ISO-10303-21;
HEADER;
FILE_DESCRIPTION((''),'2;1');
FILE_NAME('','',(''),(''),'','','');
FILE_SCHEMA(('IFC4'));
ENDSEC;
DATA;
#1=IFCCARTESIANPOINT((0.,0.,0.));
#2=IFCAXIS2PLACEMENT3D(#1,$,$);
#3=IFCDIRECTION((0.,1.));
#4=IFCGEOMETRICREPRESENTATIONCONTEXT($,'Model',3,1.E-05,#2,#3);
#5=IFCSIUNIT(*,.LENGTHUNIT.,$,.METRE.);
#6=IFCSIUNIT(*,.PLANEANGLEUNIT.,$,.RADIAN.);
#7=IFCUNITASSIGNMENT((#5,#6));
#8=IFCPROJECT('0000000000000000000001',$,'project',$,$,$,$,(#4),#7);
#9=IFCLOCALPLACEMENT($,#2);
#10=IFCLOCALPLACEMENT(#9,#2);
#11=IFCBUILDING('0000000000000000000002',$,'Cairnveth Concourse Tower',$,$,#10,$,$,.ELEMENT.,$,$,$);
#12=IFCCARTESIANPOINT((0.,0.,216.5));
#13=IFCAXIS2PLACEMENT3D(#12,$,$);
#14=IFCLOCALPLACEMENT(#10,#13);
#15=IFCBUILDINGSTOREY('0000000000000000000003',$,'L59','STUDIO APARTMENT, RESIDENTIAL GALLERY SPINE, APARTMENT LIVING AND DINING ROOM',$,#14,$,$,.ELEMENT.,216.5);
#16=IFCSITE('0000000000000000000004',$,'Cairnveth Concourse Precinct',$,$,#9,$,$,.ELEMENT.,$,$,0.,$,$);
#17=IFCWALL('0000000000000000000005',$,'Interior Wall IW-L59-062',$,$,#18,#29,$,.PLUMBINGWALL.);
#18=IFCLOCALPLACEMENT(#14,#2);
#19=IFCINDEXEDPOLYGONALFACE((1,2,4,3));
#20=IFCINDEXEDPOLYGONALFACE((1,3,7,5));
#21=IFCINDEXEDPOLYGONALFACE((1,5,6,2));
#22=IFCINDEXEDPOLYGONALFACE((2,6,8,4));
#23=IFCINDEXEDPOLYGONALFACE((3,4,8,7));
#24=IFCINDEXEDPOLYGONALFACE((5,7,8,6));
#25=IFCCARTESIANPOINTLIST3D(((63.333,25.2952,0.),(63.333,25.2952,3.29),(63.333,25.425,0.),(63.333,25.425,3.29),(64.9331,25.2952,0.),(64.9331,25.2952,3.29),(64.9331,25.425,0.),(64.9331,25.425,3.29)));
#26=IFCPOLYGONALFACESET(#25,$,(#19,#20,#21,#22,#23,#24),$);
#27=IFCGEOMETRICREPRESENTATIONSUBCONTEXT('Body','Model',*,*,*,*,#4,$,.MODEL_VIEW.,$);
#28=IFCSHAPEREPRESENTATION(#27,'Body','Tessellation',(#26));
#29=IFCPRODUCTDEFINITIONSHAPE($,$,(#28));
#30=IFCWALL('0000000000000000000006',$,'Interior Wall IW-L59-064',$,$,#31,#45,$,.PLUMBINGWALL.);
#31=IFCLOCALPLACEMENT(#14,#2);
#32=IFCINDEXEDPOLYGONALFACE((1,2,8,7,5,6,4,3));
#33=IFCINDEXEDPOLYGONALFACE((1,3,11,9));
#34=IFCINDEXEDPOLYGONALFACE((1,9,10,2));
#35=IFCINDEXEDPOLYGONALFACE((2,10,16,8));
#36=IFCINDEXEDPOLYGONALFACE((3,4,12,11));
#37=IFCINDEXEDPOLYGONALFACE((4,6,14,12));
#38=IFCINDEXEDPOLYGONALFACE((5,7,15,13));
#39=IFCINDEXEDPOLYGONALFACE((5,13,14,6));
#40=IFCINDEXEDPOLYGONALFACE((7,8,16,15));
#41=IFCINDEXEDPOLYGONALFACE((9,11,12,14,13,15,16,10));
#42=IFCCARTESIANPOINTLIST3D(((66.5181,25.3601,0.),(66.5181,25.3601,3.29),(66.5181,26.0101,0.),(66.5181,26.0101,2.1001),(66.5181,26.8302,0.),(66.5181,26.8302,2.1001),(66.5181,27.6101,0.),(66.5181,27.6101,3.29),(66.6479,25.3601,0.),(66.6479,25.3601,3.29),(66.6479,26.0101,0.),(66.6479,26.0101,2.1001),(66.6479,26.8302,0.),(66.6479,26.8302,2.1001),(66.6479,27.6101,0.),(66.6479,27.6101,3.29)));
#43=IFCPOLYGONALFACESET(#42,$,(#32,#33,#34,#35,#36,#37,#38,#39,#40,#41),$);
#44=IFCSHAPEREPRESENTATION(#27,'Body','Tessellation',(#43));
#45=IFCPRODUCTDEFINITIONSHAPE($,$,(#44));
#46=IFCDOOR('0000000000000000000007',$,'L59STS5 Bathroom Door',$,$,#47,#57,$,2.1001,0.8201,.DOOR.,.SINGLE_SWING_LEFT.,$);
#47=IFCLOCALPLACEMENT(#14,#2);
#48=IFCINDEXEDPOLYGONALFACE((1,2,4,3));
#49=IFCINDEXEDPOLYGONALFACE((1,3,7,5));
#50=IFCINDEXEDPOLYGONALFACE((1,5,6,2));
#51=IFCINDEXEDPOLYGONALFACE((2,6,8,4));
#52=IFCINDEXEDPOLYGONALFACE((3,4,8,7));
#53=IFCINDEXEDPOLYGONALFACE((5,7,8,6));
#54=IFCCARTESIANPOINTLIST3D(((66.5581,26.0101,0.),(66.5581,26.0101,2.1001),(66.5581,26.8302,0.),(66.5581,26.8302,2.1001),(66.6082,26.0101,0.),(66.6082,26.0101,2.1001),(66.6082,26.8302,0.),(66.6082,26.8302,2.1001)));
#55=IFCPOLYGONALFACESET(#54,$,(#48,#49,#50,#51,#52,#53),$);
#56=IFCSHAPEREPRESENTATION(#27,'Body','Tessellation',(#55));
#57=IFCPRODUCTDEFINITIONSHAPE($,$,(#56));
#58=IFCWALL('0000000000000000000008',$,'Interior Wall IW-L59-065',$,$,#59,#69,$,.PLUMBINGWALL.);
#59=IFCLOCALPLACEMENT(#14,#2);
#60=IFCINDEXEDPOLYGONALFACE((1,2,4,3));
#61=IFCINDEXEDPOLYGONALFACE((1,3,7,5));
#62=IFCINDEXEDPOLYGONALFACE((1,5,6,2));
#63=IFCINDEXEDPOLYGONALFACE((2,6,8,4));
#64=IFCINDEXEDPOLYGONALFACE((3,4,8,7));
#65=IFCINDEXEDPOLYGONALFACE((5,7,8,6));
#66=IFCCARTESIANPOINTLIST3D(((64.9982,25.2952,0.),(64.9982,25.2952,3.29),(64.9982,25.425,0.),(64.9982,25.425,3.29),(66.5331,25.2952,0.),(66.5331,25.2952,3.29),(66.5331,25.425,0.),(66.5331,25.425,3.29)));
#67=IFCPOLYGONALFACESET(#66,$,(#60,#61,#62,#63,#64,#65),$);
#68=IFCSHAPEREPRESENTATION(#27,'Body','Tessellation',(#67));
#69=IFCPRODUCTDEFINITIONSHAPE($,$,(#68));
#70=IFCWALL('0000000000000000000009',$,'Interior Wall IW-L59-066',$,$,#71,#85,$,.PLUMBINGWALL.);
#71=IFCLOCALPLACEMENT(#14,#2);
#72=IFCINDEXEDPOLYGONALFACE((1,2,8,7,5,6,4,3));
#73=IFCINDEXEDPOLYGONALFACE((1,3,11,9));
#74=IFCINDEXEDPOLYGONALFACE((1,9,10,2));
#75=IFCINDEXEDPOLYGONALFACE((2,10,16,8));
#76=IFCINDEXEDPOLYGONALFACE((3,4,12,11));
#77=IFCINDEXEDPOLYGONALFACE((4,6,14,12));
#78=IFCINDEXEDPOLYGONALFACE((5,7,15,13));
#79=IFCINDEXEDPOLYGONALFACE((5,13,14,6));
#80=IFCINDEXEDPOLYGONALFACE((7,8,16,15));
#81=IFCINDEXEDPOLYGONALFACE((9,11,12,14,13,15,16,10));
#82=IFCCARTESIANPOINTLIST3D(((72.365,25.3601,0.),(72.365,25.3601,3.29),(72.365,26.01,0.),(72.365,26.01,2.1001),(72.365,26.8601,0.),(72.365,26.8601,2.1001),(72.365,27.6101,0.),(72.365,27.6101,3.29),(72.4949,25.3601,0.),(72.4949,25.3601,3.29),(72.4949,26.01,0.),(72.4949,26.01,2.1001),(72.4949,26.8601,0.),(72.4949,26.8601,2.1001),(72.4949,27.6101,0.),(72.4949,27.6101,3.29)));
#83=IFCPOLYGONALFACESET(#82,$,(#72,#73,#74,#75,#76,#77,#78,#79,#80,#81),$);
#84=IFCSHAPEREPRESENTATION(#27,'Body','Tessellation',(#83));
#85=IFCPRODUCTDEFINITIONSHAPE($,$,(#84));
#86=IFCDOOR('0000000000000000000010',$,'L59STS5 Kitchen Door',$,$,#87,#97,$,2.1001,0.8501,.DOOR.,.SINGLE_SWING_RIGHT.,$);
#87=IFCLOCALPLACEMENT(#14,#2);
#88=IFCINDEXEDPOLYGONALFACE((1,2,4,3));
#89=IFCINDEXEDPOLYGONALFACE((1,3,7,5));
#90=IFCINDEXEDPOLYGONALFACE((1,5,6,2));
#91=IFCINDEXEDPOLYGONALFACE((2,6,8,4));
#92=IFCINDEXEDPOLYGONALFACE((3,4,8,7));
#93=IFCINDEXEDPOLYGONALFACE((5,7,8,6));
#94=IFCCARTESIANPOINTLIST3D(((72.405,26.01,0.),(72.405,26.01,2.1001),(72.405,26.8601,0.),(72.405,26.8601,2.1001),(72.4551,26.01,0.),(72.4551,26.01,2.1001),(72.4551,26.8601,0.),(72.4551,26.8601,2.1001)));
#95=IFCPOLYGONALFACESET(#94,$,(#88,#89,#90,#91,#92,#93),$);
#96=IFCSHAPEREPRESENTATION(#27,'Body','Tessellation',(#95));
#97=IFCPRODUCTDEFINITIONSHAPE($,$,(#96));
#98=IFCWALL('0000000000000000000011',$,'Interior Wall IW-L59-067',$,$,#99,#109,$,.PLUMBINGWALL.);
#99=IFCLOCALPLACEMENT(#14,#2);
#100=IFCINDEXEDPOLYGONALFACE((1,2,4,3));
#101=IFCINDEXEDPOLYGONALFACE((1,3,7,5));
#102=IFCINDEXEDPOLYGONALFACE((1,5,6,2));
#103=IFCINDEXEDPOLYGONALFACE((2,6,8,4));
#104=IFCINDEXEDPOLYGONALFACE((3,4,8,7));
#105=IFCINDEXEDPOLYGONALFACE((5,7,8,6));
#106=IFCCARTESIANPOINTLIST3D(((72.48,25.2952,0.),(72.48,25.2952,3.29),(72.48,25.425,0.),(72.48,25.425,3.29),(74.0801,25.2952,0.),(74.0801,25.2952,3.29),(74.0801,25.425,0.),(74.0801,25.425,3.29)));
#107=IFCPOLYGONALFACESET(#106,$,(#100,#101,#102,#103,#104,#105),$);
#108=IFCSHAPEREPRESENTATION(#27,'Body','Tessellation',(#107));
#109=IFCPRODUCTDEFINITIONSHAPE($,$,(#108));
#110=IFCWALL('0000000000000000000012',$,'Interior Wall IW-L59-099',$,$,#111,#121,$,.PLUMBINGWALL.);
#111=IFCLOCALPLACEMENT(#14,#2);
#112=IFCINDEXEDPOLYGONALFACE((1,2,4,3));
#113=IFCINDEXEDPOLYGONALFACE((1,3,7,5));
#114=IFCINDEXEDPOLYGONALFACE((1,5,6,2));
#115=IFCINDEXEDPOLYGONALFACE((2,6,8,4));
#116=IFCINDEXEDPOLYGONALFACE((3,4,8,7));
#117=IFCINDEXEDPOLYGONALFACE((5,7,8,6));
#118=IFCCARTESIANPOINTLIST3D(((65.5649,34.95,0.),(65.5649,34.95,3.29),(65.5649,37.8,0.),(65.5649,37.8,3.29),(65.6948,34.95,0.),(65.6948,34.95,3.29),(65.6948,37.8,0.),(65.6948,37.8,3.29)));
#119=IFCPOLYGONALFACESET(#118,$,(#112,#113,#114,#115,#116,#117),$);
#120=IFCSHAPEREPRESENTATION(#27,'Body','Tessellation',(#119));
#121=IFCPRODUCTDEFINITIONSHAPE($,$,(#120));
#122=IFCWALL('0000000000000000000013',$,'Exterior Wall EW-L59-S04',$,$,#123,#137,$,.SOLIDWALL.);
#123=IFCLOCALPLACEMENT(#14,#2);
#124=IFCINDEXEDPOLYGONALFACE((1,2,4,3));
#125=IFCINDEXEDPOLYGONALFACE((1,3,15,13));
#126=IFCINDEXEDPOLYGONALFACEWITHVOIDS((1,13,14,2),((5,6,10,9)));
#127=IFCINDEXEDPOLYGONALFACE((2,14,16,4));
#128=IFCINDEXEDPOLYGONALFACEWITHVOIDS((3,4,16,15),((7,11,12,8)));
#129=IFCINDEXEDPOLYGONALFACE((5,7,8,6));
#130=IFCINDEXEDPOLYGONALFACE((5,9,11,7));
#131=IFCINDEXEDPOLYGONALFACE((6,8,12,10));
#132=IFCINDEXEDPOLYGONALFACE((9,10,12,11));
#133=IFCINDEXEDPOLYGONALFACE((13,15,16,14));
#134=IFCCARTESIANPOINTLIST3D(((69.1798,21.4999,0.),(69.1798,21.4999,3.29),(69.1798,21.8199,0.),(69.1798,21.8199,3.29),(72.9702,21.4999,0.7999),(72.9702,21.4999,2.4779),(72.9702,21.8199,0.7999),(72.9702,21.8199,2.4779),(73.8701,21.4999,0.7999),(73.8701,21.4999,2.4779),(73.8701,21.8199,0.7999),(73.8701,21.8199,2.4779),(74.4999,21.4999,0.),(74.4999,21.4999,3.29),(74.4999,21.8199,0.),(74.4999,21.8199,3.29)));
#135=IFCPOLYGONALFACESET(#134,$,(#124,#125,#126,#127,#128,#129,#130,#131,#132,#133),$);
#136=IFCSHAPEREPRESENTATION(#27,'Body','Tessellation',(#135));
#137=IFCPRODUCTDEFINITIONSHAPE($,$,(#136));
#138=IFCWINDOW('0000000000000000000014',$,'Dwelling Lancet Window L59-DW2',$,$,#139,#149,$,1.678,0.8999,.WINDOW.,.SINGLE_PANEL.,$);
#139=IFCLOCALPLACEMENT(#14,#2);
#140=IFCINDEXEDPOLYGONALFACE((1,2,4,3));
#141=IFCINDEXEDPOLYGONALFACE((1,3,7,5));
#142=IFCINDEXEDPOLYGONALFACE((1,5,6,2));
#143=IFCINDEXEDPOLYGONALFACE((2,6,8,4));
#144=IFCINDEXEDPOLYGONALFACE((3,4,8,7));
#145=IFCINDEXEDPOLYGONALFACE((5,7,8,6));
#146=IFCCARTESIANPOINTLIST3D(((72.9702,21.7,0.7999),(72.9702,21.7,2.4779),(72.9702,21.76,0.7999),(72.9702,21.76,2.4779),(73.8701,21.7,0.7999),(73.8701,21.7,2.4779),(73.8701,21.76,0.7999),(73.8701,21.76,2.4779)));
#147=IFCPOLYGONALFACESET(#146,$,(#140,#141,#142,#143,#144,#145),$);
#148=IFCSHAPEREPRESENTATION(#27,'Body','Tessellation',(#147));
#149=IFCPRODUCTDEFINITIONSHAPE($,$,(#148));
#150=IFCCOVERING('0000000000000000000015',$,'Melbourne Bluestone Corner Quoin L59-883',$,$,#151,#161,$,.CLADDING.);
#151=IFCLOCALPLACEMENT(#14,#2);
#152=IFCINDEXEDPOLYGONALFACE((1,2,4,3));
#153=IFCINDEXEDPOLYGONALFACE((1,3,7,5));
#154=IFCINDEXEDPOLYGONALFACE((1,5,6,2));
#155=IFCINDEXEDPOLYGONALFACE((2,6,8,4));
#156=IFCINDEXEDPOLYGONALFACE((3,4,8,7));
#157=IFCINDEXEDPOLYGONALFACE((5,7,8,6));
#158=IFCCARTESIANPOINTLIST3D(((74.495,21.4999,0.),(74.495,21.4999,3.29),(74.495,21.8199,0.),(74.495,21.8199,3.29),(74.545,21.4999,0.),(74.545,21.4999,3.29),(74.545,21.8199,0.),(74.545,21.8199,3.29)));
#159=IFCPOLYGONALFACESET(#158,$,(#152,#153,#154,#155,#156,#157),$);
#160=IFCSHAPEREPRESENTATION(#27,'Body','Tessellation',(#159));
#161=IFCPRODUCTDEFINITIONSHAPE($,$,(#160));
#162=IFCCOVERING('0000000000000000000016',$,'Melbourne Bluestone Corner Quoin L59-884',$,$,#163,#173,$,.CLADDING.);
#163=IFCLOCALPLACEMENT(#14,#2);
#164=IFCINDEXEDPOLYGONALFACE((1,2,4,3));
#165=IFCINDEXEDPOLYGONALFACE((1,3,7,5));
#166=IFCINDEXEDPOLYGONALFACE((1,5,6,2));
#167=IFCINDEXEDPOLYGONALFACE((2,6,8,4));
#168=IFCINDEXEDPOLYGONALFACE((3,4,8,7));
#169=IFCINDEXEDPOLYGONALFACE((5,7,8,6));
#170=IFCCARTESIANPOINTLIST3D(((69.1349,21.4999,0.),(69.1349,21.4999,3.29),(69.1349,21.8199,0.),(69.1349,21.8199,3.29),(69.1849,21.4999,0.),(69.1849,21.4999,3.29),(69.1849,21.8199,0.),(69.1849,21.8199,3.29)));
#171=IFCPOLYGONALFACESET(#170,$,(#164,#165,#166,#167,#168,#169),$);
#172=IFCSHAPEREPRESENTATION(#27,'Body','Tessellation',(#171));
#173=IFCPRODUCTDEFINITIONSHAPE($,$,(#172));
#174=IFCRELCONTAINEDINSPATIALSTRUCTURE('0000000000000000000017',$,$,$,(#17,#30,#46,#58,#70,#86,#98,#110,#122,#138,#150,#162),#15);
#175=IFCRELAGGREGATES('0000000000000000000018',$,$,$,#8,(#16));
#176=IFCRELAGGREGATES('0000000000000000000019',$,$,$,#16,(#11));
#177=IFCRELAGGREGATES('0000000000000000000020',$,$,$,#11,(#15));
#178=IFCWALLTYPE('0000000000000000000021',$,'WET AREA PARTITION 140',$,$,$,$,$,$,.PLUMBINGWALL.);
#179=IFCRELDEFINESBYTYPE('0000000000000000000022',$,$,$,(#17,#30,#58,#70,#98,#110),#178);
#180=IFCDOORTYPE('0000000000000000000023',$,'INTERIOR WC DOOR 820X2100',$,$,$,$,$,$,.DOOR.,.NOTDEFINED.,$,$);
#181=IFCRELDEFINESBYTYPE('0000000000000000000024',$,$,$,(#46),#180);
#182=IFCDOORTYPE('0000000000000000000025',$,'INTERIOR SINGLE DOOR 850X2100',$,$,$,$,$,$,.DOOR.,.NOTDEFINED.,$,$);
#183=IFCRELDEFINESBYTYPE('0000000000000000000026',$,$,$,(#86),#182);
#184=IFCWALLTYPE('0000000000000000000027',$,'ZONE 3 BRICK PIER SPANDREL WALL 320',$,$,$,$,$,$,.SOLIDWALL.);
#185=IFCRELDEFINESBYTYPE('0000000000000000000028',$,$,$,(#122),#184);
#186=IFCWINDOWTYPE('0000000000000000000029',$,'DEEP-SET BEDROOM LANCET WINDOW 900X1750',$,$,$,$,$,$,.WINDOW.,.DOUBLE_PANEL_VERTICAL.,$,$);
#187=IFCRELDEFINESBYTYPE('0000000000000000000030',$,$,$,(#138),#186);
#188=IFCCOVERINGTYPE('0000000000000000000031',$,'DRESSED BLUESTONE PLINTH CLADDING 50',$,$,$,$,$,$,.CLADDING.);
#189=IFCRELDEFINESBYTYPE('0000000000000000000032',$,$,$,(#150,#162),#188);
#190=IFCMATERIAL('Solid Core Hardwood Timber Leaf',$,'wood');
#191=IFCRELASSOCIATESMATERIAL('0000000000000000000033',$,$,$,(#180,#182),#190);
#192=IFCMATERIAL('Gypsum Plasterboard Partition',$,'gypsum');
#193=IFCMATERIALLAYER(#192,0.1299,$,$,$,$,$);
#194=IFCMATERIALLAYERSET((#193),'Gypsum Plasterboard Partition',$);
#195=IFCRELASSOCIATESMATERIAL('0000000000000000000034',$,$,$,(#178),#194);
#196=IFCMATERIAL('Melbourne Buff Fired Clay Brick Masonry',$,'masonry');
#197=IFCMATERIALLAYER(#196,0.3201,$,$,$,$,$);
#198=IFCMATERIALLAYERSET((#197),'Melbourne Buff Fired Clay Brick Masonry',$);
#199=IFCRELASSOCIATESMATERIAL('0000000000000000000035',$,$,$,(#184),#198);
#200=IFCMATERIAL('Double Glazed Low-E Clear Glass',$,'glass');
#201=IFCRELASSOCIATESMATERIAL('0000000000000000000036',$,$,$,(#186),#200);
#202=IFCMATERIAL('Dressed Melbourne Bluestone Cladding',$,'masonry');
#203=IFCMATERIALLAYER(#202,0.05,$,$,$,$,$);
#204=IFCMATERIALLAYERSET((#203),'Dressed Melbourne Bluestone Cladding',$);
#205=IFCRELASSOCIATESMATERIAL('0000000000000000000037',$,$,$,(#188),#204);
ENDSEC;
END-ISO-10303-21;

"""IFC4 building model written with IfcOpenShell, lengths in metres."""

from ifc_helpers import new_model, si_unit, direction, frame, frame_2d, origin, place, context, subcontext, project, spatial, rectangle, extrude, material, layer, layer_set, type_object, element, fill, save


model = new_model("IFC4")

# Units and contexts
model_context = context("Model", 3, precision=1e-05, world=origin(), true_north=direction((0.0, 1.0)))
body_context = subcontext(model_context, "Body", "Model", "MODEL_VIEW")
ifc_project = project(units=[si_unit("LENGTHUNIT", "METRE"), si_unit("PLANEANGLEUNIT", "RADIAN")], contexts=[model_context])

# Site, building, storey
site_placement = place(None, origin())
site = spatial("IfcSite", under=ifc_project, at=site_placement, Name="Cairnveth Concourse Precinct", CompositionType="ELEMENT", RefElevation=0.0)
building_placement = place(site_placement, origin())
building = spatial("IfcBuilding", under=site, at=building_placement, Name="Cairnveth Concourse Tower", CompositionType="ELEMENT")
storey_placement = place(building_placement, frame((0.0, 0.0, 216.5)))
storey = spatial("IfcBuildingStorey", under=building, at=storey_placement, Name="L59", Description="STUDIO APARTMENT, RESIDENTIAL GALLERY SPINE, APARTMENT LIVING AND DINING ROOM", CompositionType="ELEMENT", Elevation=216.5)

# Shared definitions
ifc_material_1 = material(Name="Gypsum Plasterboard Partition", Category="gypsum")
ifc_material_2 = material(Name="Solid Core Hardwood Timber Leaf", Category="wood")
door_type_1 = type_object("IfcDoorType", Name="INTERIOR WC DOOR 820X2100", OperationType="NOTDEFINED", PredefinedType="DOOR", material=ifc_material_2)
ifc_layer_1 = layer(ifc_material_1, 0.1299)
ifc_layer_set_1 = layer_set([ifc_layer_1], Name="Gypsum Plasterboard Partition")
wall_type_1 = type_object("IfcWallType", Name="WET AREA PARTITION 140", PredefinedType="PLUMBINGWALL", material=ifc_layer_set_1)
door_type_2 = type_object("IfcDoorType", Name="INTERIOR SINGLE DOOR 850X2100", OperationType="NOTDEFINED", PredefinedType="DOOR", material=ifc_material_2)

# Wall
wall_1_placement = place(storey_placement, frame((63.333, 25.3601, 0.0), z_axis=(0.0, 0.0, 1.0), x_axis=(1.0, 0.0, 0.0)))
element("IfcWall", 1, at=wall_1_placement, inside=storey, type_object=wall_type_1, Name="Interior Wall IW-L59-062", PredefinedType="PLUMBINGWALL", context=body_context, shape_type="SweptSolid", body=[
    extrude(rectangle(XDim=1.6001, YDim=0.1299, at=frame_2d((0.8, 0.0))), origin(), (0.0, 0.0, 1.0), 3.29),
])

# Wall, opening, door
wall_2_placement = place(storey_placement, frame((66.583, 25.3601, 0.0), z_axis=(0.0, 0.0, 1.0), x_axis=(0.0, 1.0, 0.0)))
wall_2 = element("IfcWall", 2, at=wall_2_placement, inside=storey, type_object=wall_type_1, Name="Interior Wall IW-L59-064", PredefinedType="PLUMBINGWALL", context=body_context, shape_type="SweptSolid", body=[
    extrude(rectangle(XDim=2.25, YDim=0.1299, at=frame_2d((1.125, 0.0))), origin(), (0.0, 0.0, 1.0), 3.29),
])
opening_1_placement = place(wall_2_placement, frame((0.6499, 0.0, 0.0)))
opening_1 = element("IfcOpeningElement", 3, at=opening_1_placement, cuts=wall_2, PredefinedType="OPENING", context=body_context, shape_type="SweptSolid", body=[
    extrude(rectangle(XDim=0.8201, YDim=2.1001, at=frame_2d((0.4102, 1.05))), frame((0.0, 0.075, 0.0), z_axis=(0.0, -1.0, 0.0), x_axis=(1.0, 0.0, 0.0)), (0.0, 0.0, 1.0), 0.1499),
])
door_1_placement = place(opening_1_placement, origin())
door_1 = element("IfcDoor", 4, at=door_1_placement, inside=storey, type_object=door_type_1, Name="L59STS5 Bathroom Door", OperationType="SINGLE_SWING_LEFT", OverallHeight=2.1001, OverallWidth=0.8201, PredefinedType="DOOR", context=body_context, shape_type="SweptSolid", body=[
    extrude(rectangle(XDim=0.8201, YDim=2.1001, at=frame_2d((0.4102, 1.05))), frame((0.0, 0.0249, 0.0), z_axis=(0.0, -1.0, 0.0), x_axis=(1.0, 0.0, 0.0)), (0.0, 0.0, 1.0), 0.05),
])
fill(opening_1, door_1)

# Wall
wall_3_placement = place(storey_placement, frame((64.998, 25.3601, 0.0), z_axis=(0.0, 0.0, 1.0), x_axis=(1.0, 0.0, 0.0)))
element("IfcWall", 5, at=wall_3_placement, inside=storey, type_object=wall_type_1, Name="Interior Wall IW-L59-065", PredefinedType="PLUMBINGWALL", context=body_context, shape_type="SweptSolid", body=[
    extrude(rectangle(XDim=1.5349, YDim=0.1299, at=frame_2d((0.7676, 0.0))), origin(), (0.0, 0.0, 1.0), 3.29),
])

# Wall, opening, door
wall_4_placement = place(storey_placement, frame((72.4299, 25.3601, 0.0), z_axis=(0.0, 0.0, 1.0), x_axis=(0.0, 1.0, 0.0)))
wall_4 = element("IfcWall", 6, at=wall_4_placement, inside=storey, type_object=wall_type_1, Name="Interior Wall IW-L59-066", PredefinedType="PLUMBINGWALL", context=body_context, shape_type="SweptSolid", body=[
    extrude(rectangle(XDim=2.25, YDim=0.1299, at=frame_2d((1.125, 0.0))), origin(), (0.0, 0.0, 1.0), 3.29),
])
opening_2_placement = place(wall_4_placement, frame((0.6499, 0.0, 0.0)))
opening_2 = element("IfcOpeningElement", 7, at=opening_2_placement, cuts=wall_4, PredefinedType="OPENING", context=body_context, shape_type="SweptSolid", body=[
    extrude(rectangle(XDim=0.8501, YDim=2.1001, at=frame_2d((0.425, 1.05))), frame((0.0, 0.075, 0.0), z_axis=(0.0, -1.0, 0.0), x_axis=(1.0, 0.0, 0.0)), (0.0, 0.0, 1.0), 0.1499),
])
door_2_placement = place(opening_2_placement, origin())
door_2 = element("IfcDoor", 8, at=door_2_placement, inside=storey, type_object=door_type_2, Name="L59STS5 Kitchen Door", OperationType="SINGLE_SWING_RIGHT", OverallHeight=2.1001, OverallWidth=0.8501, PredefinedType="DOOR", context=body_context, shape_type="SweptSolid", body=[
    extrude(rectangle(XDim=0.8501, YDim=2.1001, at=frame_2d((0.425, 1.05))), frame((0.0, 0.0249, 0.0), z_axis=(0.0, -1.0, 0.0), x_axis=(1.0, 0.0, 0.0)), (0.0, 0.0, 1.0), 0.05),
])
fill(opening_2, door_2)

# Walls
wall_5_placement = place(storey_placement, frame((72.48, 25.3601, 0.0), z_axis=(0.0, 0.0, 1.0), x_axis=(1.0, 0.0, 0.0)))
element("IfcWall", 9, at=wall_5_placement, inside=storey, type_object=wall_type_1, Name="Interior Wall IW-L59-067", PredefinedType="PLUMBINGWALL", context=body_context, shape_type="SweptSolid", body=[
    extrude(rectangle(XDim=1.6001, YDim=0.1299, at=frame_2d((0.8, 0.0))), origin(), (0.0, 0.0, 1.0), 3.29),
])
wall_6_placement = place(storey_placement, frame((65.6299, 34.95, 0.0), z_axis=(0.0, 0.0, 1.0), x_axis=(0.0, 1.0, 0.0)))
element("IfcWall", 10, at=wall_6_placement, inside=storey, type_object=wall_type_1, Name="Interior Wall IW-L59-099", PredefinedType="PLUMBINGWALL", context=body_context, shape_type="SweptSolid", body=[
    extrude(rectangle(XDim=2.8501, YDim=0.1299, at=frame_2d((1.425, 0.0))), origin(), (0.0, 0.0, 1.0), 3.29),
])

# Wall, opening, window
ifc_material_3 = material(Name="Melbourne Buff Fired Clay Brick Masonry", Category="masonry")
ifc_layer_2 = layer(ifc_material_3, 0.3201)
ifc_layer_set_2 = layer_set([ifc_layer_2], Name="Melbourne Buff Fired Clay Brick Masonry")
wall_type_2 = type_object("IfcWallType", Name="ZONE 3 BRICK PIER SPANDREL WALL 320", PredefinedType="SOLIDWALL", material=ifc_layer_set_2)
wall_7_placement = place(storey_placement, frame((74.5, 21.6599, 0.0), z_axis=(0.0, 0.0, 1.0), x_axis=(-1.0, 0.0, 0.0)))
wall_7 = element("IfcWall", 11, at=wall_7_placement, inside=storey, type_object=wall_type_2, Name="Exterior Wall EW-L59-S04", PredefinedType="SOLIDWALL", context=body_context, shape_type="SweptSolid", body=[
    extrude(rectangle(XDim=5.3201, YDim=0.3201, at=frame_2d((2.6602, 0.0))), origin(), (0.0, 0.0, 1.0), 3.29),
])
opening_3_placement = place(wall_7_placement, frame((0.6299, 0.0, 0.8)))
opening_3 = element("IfcOpeningElement", 12, at=opening_3_placement, cuts=wall_7, PredefinedType="OPENING", context=body_context, shape_type="SweptSolid", body=[
    extrude(rectangle(XDim=0.8999, YDim=1.678, at=frame_2d((0.45, 0.8389))), frame((0.0, 0.1699, 0.0), z_axis=(0.0, -1.0, 0.0), x_axis=(1.0, 0.0, 0.0)), (0.0, 0.0, 1.0), 0.3401),
])
ifc_material_4 = material(Name="Double Glazed Low-E Clear Glass", Category="glass")
window_type = type_object("IfcWindowType", Name="DEEP-SET BEDROOM LANCET WINDOW 900X1750", PartitioningType="DOUBLE_PANEL_VERTICAL", PredefinedType="WINDOW", material=ifc_material_4)
window_placement = place(opening_3_placement, origin())
window = element("IfcWindow", 13, at=window_placement, inside=storey, type_object=window_type, Name="Dwelling Lancet Window L59-DW2", OverallHeight=1.678, OverallWidth=0.8999, PartitioningType="SINGLE_PANEL", PredefinedType="WINDOW", context=body_context, shape_type="SweptSolid", body=[
    extrude(rectangle(XDim=0.8999, YDim=1.678, at=frame_2d((0.45, 0.8389))), frame((0.0, -0.04, 0.0), z_axis=(0.0, -1.0, 0.0), x_axis=(1.0, 0.0, 0.0)), (0.0, 0.0, 1.0), 0.0601),
])
fill(opening_3, window)

# Coverings
ifc_material_5 = material(Name="Dressed Melbourne Bluestone Cladding", Category="masonry")
ifc_layer_3 = layer(ifc_material_5, 0.05)
ifc_layer_set_3 = layer_set([ifc_layer_3], Name="Dressed Melbourne Bluestone Cladding")
covering_type = type_object("IfcCoveringType", Name="DRESSED BLUESTONE PLINTH CLADDING 50", PredefinedType="CLADDING", material=ifc_layer_set_3)
for number, where, z_axis, x_axis, name in (
    (14, (74.52, 21.8201, 0.0), (0.0, 0.0, 1.0), (0.0, -1.0, 0.0), "Melbourne Bluestone Corner Quoin L59-883"),
    (15, (69.1599, 21.8201, 0.0), (0.0, 0.0, 1.0), (0.0, -1.0, 0.0), "Melbourne Bluestone Corner Quoin L59-884"),
):
    element("IfcCovering", number, at=place(storey_placement, frame(where, z_axis=z_axis, x_axis=x_axis)), inside=storey, type_object=covering_type, Name=name, PredefinedType="CLADDING", context=body_context, shape_type="SweptSolid", body=[
        extrude(rectangle(XDim=0.3201, YDim=0.05, at=frame_2d((0.1602, 0.0))), origin(), (0.0, 0.0, 1.0), 3.29),
    ])

save(model, "model.ifc")
